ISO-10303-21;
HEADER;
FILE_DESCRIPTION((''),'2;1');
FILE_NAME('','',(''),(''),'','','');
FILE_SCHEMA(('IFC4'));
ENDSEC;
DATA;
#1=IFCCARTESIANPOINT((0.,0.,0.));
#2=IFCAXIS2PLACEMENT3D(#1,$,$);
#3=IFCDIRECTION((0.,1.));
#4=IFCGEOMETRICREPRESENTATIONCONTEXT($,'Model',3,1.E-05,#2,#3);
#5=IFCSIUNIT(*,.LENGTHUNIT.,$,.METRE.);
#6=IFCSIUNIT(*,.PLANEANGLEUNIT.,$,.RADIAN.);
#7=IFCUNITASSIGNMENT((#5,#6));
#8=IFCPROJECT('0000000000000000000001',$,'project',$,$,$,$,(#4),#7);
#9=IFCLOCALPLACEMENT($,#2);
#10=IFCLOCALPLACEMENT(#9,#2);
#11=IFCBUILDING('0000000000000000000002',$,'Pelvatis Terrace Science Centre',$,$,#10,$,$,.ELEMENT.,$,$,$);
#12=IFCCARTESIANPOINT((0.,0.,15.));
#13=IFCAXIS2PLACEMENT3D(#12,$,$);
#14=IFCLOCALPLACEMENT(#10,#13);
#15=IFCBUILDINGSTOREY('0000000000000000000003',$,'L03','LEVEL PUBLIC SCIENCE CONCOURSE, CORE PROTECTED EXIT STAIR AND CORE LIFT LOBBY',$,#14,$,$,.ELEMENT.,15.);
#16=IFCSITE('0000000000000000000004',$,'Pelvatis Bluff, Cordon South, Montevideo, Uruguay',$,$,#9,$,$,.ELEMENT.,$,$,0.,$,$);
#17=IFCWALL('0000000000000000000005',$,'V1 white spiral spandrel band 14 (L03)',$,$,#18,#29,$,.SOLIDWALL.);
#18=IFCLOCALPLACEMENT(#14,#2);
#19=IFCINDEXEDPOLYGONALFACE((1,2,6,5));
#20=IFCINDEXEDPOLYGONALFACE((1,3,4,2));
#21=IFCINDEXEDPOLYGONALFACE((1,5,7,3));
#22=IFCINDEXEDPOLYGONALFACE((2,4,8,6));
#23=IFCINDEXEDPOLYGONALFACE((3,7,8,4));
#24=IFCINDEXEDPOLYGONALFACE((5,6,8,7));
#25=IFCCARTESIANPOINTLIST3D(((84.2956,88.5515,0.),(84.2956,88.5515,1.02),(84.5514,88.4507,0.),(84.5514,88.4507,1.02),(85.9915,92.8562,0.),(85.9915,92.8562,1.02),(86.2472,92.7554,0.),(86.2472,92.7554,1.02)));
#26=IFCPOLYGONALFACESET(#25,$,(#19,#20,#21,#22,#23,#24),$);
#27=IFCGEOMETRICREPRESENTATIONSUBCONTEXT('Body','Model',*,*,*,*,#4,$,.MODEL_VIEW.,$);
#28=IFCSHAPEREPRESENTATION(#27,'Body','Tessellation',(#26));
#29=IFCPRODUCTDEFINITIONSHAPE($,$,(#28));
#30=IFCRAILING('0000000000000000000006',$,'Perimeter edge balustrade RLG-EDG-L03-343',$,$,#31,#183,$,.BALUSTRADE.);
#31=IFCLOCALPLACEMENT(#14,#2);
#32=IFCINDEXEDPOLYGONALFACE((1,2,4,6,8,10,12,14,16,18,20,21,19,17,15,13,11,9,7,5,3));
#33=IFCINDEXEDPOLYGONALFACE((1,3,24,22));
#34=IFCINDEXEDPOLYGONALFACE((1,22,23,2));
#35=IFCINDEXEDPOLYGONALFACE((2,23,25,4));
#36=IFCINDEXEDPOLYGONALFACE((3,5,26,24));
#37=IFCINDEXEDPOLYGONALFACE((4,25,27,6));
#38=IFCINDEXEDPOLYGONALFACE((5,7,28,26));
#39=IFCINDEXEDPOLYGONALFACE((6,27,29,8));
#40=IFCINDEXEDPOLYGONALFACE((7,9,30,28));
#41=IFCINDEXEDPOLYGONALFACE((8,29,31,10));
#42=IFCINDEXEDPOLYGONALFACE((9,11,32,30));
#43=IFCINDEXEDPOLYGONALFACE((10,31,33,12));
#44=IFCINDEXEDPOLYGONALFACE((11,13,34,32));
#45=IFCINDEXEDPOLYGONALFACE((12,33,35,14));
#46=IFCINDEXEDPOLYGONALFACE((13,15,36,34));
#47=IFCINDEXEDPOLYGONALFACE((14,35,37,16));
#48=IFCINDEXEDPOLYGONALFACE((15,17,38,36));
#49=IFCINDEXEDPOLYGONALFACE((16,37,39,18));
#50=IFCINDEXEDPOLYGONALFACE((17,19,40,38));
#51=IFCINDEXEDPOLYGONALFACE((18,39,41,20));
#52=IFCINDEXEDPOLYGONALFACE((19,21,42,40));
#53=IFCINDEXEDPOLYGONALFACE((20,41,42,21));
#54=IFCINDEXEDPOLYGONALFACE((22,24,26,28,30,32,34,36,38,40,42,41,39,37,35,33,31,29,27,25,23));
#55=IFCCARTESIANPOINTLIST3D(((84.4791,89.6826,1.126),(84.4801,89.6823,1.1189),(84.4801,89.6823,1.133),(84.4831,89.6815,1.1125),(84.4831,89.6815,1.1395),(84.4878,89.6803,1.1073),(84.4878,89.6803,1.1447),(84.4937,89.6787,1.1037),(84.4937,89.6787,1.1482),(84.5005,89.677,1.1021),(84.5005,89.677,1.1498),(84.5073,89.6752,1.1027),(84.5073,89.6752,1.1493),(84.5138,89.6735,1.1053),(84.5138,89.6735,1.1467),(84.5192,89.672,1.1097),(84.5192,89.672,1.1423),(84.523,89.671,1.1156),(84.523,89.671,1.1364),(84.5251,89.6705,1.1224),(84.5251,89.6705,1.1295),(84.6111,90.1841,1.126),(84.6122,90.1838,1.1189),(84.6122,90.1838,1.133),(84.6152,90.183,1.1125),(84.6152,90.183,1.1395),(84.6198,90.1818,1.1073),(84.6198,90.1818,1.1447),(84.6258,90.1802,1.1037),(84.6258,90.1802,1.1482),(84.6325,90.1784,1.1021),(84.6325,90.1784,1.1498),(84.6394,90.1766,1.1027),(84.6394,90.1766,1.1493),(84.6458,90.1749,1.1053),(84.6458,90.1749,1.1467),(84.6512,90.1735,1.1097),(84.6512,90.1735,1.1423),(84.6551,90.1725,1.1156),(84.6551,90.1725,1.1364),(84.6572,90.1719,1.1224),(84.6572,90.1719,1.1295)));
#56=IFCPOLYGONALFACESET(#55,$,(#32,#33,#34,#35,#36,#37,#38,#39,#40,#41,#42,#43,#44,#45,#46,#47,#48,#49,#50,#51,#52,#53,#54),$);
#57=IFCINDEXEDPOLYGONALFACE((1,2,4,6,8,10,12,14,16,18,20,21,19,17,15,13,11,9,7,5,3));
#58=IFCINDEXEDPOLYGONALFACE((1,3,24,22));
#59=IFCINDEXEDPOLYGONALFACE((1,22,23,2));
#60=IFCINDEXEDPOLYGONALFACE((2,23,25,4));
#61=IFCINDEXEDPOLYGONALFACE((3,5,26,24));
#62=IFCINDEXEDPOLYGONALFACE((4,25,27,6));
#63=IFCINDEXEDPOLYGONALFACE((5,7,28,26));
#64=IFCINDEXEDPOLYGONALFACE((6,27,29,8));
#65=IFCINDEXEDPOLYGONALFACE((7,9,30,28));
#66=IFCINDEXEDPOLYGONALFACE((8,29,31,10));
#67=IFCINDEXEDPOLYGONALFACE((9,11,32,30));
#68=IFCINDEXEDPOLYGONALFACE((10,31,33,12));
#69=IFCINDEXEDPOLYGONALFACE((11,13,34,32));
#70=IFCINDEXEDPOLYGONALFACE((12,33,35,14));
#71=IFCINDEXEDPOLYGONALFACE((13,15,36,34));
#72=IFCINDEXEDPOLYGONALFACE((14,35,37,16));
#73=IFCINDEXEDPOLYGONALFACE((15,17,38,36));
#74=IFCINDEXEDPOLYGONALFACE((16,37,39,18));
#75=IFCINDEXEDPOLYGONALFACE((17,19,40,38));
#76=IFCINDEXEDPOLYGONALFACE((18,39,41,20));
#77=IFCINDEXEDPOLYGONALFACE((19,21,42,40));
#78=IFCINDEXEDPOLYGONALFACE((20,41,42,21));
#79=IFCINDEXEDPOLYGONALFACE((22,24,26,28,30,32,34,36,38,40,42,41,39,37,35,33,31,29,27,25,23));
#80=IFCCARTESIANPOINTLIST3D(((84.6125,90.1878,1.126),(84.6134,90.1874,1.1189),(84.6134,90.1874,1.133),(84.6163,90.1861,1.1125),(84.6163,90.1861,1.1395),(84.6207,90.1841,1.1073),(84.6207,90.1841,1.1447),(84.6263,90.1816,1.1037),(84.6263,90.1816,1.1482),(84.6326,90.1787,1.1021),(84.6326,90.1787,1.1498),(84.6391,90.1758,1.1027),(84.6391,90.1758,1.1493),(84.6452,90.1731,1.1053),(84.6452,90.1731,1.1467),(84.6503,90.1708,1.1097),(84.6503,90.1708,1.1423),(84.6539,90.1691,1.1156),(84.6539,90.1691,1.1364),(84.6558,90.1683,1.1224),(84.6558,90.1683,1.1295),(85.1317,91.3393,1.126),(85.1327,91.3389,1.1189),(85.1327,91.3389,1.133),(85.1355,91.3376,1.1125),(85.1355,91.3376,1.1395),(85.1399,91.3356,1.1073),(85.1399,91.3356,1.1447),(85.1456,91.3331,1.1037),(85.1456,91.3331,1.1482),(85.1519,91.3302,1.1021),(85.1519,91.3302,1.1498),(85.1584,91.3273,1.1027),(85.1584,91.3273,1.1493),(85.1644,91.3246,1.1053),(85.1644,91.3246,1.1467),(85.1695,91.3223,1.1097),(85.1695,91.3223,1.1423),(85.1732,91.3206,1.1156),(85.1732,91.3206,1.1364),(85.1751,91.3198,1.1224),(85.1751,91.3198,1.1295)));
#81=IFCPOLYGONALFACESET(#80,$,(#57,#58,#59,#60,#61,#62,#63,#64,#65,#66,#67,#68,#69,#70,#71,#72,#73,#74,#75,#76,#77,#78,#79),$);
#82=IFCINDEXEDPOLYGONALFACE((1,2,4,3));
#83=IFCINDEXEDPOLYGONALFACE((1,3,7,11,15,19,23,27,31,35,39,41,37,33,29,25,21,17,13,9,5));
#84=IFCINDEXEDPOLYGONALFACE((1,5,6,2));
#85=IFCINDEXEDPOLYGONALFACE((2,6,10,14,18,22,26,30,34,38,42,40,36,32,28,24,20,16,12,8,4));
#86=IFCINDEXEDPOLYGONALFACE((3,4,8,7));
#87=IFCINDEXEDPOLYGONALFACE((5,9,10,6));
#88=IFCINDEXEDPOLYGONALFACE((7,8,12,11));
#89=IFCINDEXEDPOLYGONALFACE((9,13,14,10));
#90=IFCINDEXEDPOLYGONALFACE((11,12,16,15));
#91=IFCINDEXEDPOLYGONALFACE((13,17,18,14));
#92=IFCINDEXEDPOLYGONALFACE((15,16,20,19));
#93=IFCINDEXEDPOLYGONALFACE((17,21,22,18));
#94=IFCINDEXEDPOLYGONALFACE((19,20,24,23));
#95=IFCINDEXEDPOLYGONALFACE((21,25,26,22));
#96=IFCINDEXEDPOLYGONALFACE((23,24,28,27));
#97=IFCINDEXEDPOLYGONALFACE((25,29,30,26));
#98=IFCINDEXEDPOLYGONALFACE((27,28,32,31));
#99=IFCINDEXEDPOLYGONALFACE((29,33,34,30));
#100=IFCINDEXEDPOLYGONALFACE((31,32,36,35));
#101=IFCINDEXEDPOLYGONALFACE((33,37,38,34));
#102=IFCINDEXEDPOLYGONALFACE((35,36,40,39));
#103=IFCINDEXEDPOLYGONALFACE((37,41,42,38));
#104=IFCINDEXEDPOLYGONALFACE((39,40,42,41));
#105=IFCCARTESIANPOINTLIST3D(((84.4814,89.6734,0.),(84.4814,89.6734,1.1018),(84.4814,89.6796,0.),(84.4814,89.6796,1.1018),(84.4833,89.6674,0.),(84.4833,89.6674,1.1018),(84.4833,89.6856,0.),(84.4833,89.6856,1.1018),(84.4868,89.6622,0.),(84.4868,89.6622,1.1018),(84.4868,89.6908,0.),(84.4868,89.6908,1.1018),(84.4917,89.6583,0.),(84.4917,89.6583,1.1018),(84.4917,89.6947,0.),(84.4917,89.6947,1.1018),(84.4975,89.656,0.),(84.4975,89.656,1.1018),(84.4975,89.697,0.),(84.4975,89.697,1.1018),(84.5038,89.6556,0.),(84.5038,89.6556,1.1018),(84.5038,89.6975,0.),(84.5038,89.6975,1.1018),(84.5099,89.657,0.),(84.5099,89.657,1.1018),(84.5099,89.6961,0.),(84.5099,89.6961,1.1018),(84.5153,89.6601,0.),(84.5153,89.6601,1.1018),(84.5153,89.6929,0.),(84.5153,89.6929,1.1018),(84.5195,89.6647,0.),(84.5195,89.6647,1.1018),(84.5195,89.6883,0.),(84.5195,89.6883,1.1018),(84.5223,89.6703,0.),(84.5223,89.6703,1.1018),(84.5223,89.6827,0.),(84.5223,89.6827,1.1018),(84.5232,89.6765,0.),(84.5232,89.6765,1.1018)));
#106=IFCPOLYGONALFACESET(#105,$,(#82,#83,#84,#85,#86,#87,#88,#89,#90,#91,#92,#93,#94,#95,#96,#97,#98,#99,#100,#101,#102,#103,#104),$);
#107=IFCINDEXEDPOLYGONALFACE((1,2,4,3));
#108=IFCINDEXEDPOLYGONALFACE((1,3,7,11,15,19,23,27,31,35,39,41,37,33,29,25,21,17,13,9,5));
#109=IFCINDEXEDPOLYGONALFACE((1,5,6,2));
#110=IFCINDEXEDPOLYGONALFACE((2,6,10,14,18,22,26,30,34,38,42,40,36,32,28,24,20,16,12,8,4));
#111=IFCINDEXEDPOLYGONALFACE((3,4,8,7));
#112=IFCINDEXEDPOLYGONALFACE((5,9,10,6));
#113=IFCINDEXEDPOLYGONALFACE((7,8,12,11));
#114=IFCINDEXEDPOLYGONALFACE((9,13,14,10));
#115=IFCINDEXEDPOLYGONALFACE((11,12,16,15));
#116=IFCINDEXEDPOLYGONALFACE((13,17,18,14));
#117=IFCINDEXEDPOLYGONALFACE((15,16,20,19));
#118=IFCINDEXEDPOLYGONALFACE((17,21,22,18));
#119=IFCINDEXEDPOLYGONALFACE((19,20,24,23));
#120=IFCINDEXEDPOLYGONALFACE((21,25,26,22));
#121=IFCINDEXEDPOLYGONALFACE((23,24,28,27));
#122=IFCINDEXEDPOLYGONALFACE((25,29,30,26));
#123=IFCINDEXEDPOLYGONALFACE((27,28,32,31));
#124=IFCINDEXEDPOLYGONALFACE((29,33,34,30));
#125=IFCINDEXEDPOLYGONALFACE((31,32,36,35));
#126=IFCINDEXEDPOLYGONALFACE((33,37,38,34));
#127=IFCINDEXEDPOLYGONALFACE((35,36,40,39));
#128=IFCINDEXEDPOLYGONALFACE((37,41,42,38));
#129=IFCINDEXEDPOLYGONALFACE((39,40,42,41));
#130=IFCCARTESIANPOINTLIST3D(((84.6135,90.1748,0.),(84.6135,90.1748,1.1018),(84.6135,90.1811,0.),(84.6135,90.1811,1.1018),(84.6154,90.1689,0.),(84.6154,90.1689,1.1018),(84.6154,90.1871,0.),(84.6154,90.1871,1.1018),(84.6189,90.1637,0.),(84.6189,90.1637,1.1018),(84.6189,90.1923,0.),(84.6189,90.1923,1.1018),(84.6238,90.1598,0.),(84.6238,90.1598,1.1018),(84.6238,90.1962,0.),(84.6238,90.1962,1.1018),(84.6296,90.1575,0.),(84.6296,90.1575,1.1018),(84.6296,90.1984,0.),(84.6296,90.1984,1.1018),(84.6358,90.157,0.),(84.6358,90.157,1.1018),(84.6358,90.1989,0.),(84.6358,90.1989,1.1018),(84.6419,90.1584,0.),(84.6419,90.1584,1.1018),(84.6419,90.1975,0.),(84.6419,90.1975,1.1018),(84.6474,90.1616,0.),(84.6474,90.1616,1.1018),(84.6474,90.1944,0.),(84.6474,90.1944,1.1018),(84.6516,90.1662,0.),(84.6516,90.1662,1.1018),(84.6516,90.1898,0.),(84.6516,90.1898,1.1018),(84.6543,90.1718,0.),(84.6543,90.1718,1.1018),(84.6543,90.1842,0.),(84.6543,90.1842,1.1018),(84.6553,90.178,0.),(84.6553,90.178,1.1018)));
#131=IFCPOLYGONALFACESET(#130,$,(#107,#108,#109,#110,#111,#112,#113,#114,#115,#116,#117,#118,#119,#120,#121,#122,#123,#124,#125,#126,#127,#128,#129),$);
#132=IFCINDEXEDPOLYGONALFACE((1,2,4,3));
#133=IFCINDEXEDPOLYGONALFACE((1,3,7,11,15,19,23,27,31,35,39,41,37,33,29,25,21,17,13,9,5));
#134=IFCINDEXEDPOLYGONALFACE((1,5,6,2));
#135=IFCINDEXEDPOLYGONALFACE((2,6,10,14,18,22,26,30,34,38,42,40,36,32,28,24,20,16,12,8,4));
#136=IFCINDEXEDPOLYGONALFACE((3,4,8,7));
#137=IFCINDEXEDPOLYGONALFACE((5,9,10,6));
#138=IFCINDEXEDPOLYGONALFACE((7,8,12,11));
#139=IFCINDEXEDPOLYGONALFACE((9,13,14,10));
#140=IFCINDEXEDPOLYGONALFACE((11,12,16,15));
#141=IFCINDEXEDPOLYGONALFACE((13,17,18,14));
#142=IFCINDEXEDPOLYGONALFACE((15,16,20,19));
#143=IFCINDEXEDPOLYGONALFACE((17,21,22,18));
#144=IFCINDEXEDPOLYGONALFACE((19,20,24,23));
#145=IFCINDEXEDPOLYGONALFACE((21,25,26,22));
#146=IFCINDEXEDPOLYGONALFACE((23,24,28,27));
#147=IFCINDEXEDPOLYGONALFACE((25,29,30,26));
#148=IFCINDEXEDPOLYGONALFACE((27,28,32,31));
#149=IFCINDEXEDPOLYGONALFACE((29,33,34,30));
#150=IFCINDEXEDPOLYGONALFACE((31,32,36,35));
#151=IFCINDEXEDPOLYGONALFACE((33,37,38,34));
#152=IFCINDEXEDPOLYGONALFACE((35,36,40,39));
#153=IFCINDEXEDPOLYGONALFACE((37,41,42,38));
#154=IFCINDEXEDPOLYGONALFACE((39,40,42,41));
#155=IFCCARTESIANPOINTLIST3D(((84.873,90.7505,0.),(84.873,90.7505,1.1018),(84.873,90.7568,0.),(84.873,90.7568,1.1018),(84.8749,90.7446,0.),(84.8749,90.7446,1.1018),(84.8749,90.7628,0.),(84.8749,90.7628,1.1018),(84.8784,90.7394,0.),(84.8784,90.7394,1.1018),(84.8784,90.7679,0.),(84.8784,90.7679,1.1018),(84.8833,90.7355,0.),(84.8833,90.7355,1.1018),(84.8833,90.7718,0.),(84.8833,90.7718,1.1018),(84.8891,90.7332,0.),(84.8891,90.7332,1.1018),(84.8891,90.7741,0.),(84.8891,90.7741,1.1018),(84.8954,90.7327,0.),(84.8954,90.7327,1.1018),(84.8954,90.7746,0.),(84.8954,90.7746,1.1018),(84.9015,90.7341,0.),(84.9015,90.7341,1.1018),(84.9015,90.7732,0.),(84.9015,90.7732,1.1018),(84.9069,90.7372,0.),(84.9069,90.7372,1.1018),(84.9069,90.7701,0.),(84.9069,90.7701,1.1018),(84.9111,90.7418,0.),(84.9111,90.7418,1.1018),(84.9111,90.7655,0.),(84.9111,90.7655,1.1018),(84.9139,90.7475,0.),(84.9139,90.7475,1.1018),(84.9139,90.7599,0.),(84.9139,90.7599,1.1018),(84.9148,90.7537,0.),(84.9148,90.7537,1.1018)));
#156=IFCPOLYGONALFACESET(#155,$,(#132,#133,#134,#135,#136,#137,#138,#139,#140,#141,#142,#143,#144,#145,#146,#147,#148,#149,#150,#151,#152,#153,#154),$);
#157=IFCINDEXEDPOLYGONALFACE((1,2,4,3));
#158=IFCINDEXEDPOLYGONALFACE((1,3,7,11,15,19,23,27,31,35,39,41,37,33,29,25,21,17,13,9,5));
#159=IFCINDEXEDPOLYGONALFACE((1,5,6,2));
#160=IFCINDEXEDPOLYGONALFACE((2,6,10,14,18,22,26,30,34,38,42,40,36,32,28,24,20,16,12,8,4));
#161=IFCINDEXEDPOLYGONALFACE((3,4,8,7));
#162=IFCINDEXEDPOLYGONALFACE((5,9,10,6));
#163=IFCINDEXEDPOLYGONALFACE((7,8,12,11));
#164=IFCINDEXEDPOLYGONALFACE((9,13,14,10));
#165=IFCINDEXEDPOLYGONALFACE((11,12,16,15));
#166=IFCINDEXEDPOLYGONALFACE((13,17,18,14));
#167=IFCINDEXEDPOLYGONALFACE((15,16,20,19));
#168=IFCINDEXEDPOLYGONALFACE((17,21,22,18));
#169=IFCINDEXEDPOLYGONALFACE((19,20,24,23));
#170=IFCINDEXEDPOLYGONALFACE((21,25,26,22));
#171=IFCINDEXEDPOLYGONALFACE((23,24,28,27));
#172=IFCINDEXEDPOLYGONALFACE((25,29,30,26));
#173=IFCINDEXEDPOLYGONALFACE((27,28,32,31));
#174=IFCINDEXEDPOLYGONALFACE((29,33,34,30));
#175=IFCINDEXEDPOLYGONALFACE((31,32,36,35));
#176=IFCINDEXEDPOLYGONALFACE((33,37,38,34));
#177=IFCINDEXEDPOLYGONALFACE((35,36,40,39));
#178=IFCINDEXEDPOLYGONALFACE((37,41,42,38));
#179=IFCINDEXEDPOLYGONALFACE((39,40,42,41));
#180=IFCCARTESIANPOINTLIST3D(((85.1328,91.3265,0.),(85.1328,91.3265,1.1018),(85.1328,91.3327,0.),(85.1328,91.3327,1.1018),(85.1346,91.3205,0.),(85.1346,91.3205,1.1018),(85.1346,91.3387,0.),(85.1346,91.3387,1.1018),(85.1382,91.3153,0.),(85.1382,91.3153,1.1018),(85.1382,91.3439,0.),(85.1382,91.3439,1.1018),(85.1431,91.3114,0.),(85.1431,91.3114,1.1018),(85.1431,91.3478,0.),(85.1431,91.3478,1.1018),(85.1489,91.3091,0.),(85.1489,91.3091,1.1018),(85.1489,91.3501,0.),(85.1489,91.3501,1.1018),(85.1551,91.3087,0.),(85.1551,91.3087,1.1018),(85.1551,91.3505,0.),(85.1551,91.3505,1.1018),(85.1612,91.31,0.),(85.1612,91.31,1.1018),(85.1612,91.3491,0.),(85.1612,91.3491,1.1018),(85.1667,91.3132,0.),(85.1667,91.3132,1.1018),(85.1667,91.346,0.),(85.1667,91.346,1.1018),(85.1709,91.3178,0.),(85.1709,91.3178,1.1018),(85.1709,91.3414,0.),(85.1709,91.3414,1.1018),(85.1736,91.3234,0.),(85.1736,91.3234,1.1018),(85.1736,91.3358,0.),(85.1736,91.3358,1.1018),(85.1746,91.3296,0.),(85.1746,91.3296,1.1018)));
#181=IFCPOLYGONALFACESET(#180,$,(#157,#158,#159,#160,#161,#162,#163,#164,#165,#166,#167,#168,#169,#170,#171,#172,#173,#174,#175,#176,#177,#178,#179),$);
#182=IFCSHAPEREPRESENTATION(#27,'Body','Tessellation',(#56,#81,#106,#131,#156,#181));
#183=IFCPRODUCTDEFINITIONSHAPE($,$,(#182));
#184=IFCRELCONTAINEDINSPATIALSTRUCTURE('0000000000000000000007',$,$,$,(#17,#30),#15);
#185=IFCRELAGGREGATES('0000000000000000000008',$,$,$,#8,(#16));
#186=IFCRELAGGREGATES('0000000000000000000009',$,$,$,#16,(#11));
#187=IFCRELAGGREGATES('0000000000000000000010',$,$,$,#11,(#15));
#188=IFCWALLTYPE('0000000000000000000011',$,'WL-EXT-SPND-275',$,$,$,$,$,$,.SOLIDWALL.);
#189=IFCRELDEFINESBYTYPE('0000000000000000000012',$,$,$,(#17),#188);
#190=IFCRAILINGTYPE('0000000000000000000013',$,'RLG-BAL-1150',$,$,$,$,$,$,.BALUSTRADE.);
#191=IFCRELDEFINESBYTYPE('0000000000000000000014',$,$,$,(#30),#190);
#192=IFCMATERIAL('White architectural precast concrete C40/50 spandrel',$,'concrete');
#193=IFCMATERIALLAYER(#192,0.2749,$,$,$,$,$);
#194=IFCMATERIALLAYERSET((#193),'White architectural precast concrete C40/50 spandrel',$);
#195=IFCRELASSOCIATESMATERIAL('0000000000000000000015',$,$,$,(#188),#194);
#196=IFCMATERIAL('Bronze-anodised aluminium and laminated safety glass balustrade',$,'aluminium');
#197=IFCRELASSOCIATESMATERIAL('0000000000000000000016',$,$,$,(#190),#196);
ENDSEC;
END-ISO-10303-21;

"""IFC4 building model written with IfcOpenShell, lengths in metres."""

from ifc_helpers import new_model, si_unit, direction, frame, frame_2d, origin, origin_2d, place, context, subcontext, project, spatial, rectangle, circle, extrude, material, layer, layer_set, type_object, element, save


model = new_model("IFC4")

# Units and contexts
model_context = context("Model", 3, precision=1e-05, world=origin(), true_north=direction((0.0, 1.0)))
body_context = subcontext(model_context, "Body", "Model", "MODEL_VIEW")
ifc_project = project(units=[si_unit("LENGTHUNIT", "METRE"), si_unit("PLANEANGLEUNIT", "RADIAN")], contexts=[model_context])

# Site, building, storey
site_placement = place(None, origin())
site = spatial("IfcSite", under=ifc_project, at=site_placement, Name="Pelvatis Bluff, Cordon South, Montevideo, Uruguay", CompositionType="ELEMENT", RefElevation=0.0)
building_placement = place(site_placement, origin())
building = spatial("IfcBuilding", under=site, at=building_placement, Name="Pelvatis Terrace Science Centre", CompositionType="ELEMENT")
storey_placement = place(building_placement, frame((0.0, 0.0, 15.0)))
storey = spatial("IfcBuildingStorey", under=building, at=storey_placement, Name="L03", Description="LEVEL PUBLIC SCIENCE CONCOURSE, CORE PROTECTED EXIT STAIR AND CORE LIFT LOBBY", CompositionType="ELEMENT", Elevation=15.0)

# Wall
ifc_material_1 = material(Name="White architectural precast concrete C40/50 spandrel", Category="concrete")
ifc_layer_1 = layer(ifc_material_1, 0.2749)
ifc_layer_set_1 = layer_set([ifc_layer_1], Name="White architectural precast concrete C40/50 spandrel")
wall_type = type_object("IfcWallType", Name="WL-EXT-SPND-275", PredefinedType="SOLIDWALL", material=ifc_layer_set_1)
wall_placement = place(storey_placement, frame((86.1194, 92.8059, 0.0), z_axis=(0.0, 0.0, 1.0), x_axis=(-0.366527, -0.930407, 0.0)))
element("IfcWall", 1, at=wall_placement, inside=storey, type_object=wall_type, Name="V1 white spiral spandrel band 14 (L03)", PredefinedType="SOLIDWALL", context=body_context, shape_type="SweptSolid", body=[
    extrude(rectangle(XDim=4.6267, YDim=0.2749, at=frame_2d((2.3135, 0.0))), origin(), (0.0, 0.0, 1.0), 1.02),
])

# Railing
ifc_material_2 = material(Name="Bronze-anodised aluminium and laminated safety glass balustrade", Category="aluminium")
railing_type = type_object("IfcRailingType", Name="RLG-BAL-1150", PredefinedType="BALUSTRADE", material=ifc_material_2)
railing_placement = place(storey_placement, frame((84.5022, 89.6765, 0.0)))
element("IfcRailing", 2, at=railing_placement, inside=storey, type_object=railing_type, Name="Perimeter edge balustrade RLG-EDG-L03-343", PredefinedType="BALUSTRADE", context=body_context, shape_type="SweptSolid", body=[
    extrude(circle(Radius=0.0239, at=origin_2d()), frame((0.0, 0.0, 1.126), z_axis=(0.254702, 0.96702, 0.0), x_axis=(-0.96702, 0.254702, 0.0)), (0.0, 0.0, 1.0), 0.5186),
    extrude(circle(Radius=0.0239, at=origin_2d()), frame((0.1321, 0.5015, 1.126), z_axis=(0.411064, 0.911607, 0.0), x_axis=(-0.911607, 0.411064, 0.0)), (0.0, 0.0, 1.0), 1.2632),
    extrude(circle(Radius=0.021, at=origin_2d()), origin(), (0.0, 0.0, 1.0), 1.1018),
    extrude(circle(Radius=0.021, at=origin_2d()), frame((0.1321, 0.5015, 0.0)), (0.0, 0.0, 1.0), 1.1018),
    extrude(circle(Radius=0.021, at=origin_2d()), frame((0.3916, 1.0771, 0.0)), (0.0, 0.0, 1.0), 1.1018),
    extrude(circle(Radius=0.021, at=origin_2d()), frame((0.6514, 1.6531, 0.0)), (0.0, 0.0, 1.0), 1.1018),
])

save(model, "model.ifc")
